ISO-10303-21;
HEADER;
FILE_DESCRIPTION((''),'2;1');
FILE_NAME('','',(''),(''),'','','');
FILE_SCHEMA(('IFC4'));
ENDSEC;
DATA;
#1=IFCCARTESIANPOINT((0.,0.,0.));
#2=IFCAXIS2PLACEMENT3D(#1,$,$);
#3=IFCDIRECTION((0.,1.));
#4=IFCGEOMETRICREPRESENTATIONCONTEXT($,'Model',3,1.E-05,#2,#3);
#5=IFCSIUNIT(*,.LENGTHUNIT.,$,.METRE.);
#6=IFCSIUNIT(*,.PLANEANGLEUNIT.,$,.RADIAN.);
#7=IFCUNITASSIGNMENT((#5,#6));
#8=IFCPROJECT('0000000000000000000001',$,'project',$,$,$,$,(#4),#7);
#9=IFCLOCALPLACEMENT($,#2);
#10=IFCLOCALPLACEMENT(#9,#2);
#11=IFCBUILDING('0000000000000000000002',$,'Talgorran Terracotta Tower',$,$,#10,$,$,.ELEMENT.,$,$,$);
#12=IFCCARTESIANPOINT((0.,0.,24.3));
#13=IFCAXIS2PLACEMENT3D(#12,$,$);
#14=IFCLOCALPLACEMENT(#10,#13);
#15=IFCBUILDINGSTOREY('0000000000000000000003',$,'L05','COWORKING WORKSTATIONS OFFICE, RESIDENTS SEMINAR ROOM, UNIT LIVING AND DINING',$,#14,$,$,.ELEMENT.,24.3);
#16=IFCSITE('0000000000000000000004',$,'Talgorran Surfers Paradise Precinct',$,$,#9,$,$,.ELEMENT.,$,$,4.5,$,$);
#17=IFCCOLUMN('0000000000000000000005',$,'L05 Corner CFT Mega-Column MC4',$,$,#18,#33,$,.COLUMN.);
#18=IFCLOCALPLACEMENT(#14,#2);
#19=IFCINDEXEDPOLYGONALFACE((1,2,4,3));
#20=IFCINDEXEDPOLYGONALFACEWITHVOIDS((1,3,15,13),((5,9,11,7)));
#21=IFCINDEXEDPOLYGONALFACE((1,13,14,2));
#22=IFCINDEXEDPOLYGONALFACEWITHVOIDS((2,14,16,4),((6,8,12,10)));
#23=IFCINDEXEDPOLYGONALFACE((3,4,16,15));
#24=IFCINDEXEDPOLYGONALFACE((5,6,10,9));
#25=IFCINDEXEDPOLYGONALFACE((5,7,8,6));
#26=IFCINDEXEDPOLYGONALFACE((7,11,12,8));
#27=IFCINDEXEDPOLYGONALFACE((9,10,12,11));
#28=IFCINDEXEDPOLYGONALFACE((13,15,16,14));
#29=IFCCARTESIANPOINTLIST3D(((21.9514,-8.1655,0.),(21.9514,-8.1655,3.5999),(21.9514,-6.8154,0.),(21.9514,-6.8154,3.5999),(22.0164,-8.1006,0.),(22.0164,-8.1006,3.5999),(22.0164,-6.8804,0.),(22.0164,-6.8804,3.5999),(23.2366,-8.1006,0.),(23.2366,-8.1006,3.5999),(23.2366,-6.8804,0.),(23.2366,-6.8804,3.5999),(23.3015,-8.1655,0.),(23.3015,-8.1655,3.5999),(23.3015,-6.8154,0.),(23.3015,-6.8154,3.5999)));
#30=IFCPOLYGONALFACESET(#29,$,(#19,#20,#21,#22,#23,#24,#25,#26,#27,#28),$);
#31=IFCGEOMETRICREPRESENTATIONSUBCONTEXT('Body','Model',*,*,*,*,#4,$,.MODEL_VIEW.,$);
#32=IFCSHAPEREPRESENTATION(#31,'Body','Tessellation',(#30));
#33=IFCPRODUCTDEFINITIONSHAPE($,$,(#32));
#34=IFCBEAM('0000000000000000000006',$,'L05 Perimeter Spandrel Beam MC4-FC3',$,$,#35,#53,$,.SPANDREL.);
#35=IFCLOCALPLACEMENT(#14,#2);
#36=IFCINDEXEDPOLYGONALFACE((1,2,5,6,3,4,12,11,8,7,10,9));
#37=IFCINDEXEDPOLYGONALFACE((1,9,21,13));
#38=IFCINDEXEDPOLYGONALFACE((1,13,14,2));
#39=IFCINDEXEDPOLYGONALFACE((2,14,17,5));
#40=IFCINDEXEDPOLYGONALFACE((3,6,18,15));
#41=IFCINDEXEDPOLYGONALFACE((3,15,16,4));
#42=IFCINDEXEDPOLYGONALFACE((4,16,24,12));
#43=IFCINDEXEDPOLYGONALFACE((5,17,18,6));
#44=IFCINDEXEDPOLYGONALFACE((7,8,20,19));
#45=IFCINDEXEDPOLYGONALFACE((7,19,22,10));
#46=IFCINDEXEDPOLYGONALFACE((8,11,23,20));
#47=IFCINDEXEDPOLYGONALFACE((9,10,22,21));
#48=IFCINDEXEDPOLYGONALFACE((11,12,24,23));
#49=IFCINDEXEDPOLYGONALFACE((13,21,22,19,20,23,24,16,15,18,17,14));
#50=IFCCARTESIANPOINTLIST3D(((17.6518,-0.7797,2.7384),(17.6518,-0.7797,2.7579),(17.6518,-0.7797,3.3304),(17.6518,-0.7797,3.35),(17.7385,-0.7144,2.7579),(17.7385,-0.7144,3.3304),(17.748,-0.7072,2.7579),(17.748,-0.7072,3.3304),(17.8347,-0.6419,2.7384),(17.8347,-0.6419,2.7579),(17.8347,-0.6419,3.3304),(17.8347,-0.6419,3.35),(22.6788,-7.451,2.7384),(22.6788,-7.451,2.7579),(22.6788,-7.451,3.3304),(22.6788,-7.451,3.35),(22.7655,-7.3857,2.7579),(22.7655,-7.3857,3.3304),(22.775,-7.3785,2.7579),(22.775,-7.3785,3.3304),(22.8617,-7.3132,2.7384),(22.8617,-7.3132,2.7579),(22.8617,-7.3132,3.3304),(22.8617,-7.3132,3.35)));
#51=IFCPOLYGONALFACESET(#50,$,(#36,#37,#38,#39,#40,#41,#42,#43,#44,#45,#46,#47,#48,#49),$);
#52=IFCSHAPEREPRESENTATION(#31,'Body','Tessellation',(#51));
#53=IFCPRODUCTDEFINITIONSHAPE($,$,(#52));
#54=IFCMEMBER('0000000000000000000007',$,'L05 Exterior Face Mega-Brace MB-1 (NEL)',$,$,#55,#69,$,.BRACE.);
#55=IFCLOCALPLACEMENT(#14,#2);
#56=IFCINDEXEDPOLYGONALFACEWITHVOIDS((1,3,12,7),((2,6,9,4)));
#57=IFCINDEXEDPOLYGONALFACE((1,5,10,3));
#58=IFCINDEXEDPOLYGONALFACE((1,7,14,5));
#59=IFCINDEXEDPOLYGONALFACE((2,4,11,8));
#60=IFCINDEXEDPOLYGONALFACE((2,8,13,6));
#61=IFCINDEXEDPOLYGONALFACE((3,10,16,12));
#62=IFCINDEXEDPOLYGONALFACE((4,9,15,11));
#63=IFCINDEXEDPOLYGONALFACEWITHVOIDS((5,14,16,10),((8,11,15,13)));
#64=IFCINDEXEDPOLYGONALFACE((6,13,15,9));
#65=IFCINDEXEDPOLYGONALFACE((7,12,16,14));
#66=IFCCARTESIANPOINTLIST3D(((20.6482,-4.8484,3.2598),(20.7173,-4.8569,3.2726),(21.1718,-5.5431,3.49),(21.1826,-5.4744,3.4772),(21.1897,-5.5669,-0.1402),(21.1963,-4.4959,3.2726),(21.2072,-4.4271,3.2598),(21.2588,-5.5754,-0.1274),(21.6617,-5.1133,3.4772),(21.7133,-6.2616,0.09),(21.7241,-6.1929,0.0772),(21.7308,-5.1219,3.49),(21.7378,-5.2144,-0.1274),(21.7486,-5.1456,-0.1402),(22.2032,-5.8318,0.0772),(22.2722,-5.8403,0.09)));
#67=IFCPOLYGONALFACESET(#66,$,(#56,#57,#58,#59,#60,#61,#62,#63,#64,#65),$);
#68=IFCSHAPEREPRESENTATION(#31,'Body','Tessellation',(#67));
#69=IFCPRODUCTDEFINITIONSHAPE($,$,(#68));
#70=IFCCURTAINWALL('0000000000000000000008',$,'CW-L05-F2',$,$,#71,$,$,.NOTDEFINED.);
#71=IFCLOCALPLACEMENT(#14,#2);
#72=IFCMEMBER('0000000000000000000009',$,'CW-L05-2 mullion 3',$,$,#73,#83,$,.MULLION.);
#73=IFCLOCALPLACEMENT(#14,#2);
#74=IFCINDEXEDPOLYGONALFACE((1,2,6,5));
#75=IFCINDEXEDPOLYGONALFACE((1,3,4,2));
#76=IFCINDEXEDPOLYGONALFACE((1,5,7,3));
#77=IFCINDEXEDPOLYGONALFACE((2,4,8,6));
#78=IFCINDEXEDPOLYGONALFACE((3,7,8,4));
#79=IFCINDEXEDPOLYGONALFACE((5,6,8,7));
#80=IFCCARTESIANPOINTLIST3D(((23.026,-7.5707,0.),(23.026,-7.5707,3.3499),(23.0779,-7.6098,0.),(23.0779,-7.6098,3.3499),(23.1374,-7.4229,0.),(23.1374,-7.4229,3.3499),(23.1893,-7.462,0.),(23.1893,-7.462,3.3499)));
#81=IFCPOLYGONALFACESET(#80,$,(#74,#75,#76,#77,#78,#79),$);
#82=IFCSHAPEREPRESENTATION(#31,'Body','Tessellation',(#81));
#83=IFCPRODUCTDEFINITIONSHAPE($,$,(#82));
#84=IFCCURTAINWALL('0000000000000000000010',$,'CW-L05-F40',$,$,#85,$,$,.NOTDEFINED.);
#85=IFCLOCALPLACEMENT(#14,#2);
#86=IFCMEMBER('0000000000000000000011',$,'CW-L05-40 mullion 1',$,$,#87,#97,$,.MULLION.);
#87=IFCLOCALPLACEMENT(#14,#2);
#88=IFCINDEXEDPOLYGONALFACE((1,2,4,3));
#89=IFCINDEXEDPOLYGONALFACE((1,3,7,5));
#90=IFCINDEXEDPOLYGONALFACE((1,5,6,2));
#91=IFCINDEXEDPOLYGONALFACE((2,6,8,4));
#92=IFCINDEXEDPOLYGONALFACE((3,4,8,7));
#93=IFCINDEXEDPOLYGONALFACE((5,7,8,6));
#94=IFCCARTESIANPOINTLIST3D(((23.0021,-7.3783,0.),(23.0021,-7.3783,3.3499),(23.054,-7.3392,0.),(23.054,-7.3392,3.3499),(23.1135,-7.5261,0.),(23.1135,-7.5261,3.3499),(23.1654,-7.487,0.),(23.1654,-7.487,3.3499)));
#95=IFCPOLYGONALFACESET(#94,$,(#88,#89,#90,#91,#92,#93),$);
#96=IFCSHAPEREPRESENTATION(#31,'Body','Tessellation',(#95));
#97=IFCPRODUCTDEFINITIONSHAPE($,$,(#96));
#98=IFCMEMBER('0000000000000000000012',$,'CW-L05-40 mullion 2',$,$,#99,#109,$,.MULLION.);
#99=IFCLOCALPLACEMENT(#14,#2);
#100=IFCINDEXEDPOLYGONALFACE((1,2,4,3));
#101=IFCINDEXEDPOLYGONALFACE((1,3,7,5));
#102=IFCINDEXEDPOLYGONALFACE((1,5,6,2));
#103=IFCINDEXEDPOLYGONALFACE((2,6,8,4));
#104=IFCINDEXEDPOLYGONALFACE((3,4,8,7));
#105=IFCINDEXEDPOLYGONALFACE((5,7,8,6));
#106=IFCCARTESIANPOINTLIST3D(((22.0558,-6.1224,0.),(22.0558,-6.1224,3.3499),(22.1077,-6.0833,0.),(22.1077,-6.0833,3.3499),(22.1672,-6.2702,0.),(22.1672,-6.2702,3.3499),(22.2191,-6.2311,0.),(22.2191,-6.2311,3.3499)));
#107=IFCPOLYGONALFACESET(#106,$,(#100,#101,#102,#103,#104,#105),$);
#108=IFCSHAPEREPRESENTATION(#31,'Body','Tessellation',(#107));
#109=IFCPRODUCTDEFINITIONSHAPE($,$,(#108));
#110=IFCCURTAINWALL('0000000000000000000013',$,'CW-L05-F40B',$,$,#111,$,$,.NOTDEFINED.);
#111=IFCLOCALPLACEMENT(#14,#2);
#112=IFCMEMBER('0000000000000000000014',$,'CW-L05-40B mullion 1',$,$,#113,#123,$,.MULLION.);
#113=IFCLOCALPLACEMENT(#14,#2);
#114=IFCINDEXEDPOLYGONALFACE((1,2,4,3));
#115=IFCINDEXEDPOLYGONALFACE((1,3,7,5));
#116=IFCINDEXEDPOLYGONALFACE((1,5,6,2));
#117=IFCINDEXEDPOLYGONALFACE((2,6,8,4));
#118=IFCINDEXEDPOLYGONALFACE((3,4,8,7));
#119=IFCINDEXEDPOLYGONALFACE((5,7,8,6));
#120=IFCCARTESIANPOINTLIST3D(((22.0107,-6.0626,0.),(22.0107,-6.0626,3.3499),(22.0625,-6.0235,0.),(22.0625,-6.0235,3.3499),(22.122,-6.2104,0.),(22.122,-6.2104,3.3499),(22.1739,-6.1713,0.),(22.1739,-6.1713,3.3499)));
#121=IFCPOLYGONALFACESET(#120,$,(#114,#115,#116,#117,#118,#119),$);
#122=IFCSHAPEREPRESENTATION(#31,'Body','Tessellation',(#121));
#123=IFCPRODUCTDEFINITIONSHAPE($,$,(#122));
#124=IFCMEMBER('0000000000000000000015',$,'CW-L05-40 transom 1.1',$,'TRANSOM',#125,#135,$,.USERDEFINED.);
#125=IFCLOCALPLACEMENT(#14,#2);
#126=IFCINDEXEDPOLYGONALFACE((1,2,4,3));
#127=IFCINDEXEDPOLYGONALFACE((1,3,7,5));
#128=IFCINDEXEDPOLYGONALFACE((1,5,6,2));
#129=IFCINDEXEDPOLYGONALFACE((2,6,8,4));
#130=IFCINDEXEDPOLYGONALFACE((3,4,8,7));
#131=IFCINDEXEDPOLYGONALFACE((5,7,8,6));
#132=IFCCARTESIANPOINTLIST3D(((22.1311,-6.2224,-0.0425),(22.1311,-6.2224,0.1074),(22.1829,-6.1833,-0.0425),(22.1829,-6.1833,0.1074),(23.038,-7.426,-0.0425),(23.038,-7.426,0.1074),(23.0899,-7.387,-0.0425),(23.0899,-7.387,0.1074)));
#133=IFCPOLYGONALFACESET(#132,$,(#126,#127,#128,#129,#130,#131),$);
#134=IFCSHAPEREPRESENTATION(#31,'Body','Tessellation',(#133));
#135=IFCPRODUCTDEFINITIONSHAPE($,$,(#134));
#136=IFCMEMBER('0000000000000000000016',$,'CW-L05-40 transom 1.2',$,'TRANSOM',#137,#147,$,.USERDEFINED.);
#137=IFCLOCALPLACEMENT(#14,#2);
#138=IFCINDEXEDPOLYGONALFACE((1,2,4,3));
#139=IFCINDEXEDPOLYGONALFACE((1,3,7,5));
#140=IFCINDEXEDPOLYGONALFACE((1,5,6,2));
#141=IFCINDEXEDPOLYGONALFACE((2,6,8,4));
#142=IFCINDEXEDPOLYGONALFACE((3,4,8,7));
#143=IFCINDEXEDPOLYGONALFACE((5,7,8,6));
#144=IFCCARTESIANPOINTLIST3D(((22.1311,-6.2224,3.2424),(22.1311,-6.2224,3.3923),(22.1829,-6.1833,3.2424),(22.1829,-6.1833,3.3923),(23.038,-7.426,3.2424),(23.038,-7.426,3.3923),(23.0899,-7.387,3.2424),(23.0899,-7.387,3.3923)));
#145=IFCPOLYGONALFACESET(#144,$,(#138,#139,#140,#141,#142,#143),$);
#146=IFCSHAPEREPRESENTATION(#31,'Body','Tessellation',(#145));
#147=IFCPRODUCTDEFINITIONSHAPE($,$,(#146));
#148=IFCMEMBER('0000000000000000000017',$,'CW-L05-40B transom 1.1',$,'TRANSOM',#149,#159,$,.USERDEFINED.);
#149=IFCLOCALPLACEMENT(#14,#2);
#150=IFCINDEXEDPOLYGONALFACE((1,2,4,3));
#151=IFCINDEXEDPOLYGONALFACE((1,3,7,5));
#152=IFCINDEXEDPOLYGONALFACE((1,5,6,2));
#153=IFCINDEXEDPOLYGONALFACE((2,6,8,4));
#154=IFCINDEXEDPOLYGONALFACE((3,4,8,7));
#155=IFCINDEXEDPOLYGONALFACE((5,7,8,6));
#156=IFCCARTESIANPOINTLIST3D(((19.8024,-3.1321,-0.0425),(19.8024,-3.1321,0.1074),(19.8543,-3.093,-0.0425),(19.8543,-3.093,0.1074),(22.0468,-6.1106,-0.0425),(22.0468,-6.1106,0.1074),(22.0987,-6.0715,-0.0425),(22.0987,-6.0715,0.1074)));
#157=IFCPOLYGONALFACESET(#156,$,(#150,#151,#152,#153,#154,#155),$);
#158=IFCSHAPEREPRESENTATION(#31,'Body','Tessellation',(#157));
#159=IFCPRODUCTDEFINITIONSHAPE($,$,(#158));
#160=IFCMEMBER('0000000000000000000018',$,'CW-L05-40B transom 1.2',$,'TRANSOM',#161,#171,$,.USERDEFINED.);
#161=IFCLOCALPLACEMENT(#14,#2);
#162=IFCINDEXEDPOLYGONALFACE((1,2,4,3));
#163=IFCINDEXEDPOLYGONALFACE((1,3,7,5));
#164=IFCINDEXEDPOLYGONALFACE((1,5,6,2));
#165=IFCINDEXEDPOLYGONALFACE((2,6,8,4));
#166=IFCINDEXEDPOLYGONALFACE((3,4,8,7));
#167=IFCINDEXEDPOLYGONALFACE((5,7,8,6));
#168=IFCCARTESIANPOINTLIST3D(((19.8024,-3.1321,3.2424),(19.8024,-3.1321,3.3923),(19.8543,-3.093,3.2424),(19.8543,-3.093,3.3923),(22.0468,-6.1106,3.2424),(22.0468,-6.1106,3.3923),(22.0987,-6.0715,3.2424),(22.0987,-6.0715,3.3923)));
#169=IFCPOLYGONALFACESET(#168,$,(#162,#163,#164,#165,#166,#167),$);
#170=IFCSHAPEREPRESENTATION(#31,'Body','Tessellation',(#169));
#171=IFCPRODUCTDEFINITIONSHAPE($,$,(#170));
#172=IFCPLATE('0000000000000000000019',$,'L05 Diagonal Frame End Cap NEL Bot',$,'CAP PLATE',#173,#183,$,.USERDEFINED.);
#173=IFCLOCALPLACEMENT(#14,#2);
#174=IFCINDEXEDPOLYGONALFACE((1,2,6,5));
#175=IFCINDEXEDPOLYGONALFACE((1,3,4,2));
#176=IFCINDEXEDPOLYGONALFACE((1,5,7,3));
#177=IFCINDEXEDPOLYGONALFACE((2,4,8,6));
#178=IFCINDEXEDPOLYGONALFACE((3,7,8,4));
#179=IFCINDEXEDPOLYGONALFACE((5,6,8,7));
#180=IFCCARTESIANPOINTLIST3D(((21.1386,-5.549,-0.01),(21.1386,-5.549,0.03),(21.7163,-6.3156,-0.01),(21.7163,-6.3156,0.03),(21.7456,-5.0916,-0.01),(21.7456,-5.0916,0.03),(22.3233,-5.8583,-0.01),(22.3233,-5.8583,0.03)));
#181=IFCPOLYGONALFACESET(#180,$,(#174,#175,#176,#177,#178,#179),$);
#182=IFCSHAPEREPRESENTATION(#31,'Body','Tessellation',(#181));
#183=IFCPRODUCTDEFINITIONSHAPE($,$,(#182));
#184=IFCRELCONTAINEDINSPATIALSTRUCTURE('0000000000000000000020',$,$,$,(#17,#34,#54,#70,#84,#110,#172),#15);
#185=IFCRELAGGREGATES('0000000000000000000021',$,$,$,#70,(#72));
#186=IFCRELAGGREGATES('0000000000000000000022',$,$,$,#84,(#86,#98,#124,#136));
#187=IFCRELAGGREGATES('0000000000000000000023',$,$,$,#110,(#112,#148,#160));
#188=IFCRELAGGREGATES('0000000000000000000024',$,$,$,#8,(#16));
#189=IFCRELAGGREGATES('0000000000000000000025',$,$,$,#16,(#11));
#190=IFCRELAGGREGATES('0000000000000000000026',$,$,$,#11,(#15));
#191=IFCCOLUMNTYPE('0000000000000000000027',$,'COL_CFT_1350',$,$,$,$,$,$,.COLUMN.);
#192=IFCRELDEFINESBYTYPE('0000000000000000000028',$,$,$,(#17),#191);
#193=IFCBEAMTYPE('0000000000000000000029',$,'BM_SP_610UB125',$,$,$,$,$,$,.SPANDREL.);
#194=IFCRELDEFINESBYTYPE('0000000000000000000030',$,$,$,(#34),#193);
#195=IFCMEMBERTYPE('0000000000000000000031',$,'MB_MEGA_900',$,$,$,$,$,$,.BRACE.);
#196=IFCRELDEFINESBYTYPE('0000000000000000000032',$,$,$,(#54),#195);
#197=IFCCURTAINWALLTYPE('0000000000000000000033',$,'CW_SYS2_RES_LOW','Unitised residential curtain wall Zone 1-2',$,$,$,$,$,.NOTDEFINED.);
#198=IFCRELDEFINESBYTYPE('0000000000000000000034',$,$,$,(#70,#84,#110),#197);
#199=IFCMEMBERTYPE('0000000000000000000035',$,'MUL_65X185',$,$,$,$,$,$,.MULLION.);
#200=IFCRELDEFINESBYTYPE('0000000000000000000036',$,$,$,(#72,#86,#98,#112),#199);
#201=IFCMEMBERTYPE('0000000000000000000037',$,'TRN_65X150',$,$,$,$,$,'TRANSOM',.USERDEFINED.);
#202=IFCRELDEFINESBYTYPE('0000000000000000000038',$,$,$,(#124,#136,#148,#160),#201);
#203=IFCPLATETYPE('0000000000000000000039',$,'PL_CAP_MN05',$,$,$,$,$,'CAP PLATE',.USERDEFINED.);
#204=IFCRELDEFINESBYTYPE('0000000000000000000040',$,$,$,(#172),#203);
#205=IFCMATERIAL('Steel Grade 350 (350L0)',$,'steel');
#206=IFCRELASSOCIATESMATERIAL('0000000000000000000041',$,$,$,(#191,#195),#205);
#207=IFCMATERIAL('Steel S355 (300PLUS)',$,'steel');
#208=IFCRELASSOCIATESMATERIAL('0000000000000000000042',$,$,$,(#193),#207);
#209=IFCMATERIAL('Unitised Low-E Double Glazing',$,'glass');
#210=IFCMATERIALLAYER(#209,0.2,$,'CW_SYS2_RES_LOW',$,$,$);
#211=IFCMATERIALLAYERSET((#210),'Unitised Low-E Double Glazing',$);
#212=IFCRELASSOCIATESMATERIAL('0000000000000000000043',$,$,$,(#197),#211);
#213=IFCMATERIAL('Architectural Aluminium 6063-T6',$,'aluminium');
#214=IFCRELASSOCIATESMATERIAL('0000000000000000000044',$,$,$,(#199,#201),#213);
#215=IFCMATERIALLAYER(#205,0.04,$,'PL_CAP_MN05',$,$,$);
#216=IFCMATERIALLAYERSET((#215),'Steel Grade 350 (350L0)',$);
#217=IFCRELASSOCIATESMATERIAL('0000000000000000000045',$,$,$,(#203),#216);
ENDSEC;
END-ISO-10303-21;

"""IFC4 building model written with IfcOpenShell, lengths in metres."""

from ifc_helpers import new_model, si_unit, direction, frame, origin, origin_2d, place, context, subcontext, project, spatial, rectangle, hollow_rectangle, i_section, extrude, material, layer, layer_set, material_profile, profile_set, type_object, element, aggregate, save


model = new_model("IFC4")

# Units and contexts
model_context = context("Model", 3, precision=1e-05, world=origin(), true_north=direction((0.0, 1.0)))
body_context = subcontext(model_context, "Body", "Model", "MODEL_VIEW")
ifc_project = project(units=[si_unit("LENGTHUNIT", "METRE"), si_unit("PLANEANGLEUNIT", "RADIAN")], contexts=[model_context])

# Site, building, storey
site_placement = place(None, origin())
site = spatial("IfcSite", under=ifc_project, at=site_placement, Name="Talgorran Surfers Paradise Precinct", CompositionType="ELEMENT", RefElevation=4.5)
building_placement = place(site_placement, origin())
building = spatial("IfcBuilding", under=site, at=building_placement, Name="Talgorran Terracotta Tower", CompositionType="ELEMENT")
storey_placement = place(building_placement, frame((0.0, 0.0, 24.3)))
storey = spatial("IfcBuildingStorey", under=building, at=storey_placement, Name="L05", Description="COWORKING WORKSTATIONS OFFICE, RESIDENTS SEMINAR ROOM, UNIT LIVING AND DINING", CompositionType="ELEMENT", Elevation=24.3)

# Column
ifc_material_1 = material(Name="Steel Grade 350 (350L0)", Category="steel")
ifc_material_profile_1 = material_profile(ifc_material_1, hollow_rectangle(XDim=1.3501, YDim=1.3501, WallThickness=0.0649, at=origin_2d()), Name="CFT1350X1350X65")
ifc_profile_set_1 = profile_set([ifc_material_profile_1], Name="Steel Grade 350 (350L0)")
column_type = type_object("IfcColumnType", Name="COL_CFT_1350", PredefinedType="COLUMN", material=ifc_profile_set_1)
column_placement = place(storey_placement, frame((22.6265, -7.4905, 0.0), z_axis=(0.0, 0.0, 1.0), x_axis=(1.0, 0.0, 0.0)))
element("IfcColumn", 1, at=column_placement, inside=storey, type_object=column_type, Name="L05 Corner CFT Mega-Column MC4", PredefinedType="COLUMN", context=body_context, shape_type="SweptSolid", body=[
    extrude(hollow_rectangle(XDim=1.3501, YDim=1.3501, WallThickness=0.0649, at=origin_2d()), origin(), (0.0, 0.0, 1.0), 3.5999),
])

# Beam
ifc_material_2 = material(Name="Steel S355 (300PLUS)", Category="steel")
ifc_material_profile_2 = material_profile(ifc_material_2, i_section(OverallWidth=0.229, OverallDepth=0.6116, WebThickness=0.012, FlangeThickness=0.0195, at=origin_2d()), Name="610UB125")
ifc_profile_set_2 = profile_set([ifc_material_profile_2], Name="Steel S355 (300PLUS)")
beam_type = type_object("IfcBeamType", Name="BM_SP_610UB125", PredefinedType="SPANDREL", material=ifc_profile_set_2)
beam_placement = place(storey_placement, frame((22.7703, -7.3821, 3.0442), z_axis=(-0.601804, 0.798644, 0.0), x_axis=(-0.798644, -0.601804, 0.0)))
element("IfcBeam", 2, at=beam_placement, inside=storey, type_object=beam_type, Name="L05 Perimeter Spandrel Beam MC4-FC3", PredefinedType="SPANDREL", context=body_context, shape_type="SweptSolid", body=[
    extrude(i_section(OverallWidth=0.229, OverallDepth=0.6116, WebThickness=0.012, FlangeThickness=0.0195, at=origin_2d()), origin(), (0.0, 0.0, 1.0), 8.3533),
])

# Member
ifc_material_profile_3 = material_profile(ifc_material_1, hollow_rectangle(XDim=0.7, YDim=0.8999, WallThickness=0.05, at=origin_2d()), Name="WBOX900X700X50")
ifc_profile_set_3 = profile_set([ifc_material_profile_3], Name="Steel Grade 350 (350L0)")
member_type_1 = type_object("IfcMemberType", Name="MB_MEGA_900", PredefinedType="BRACE", material=ifc_profile_set_3)
member_1_placement = place(storey_placement, frame((21.731, -5.7036, -0.0251), z_axis=(-0.15396, 0.204285, 0.966728), x_axis=(-0.798598, -0.601865, 0.0)))
element("IfcMember", 3, at=member_1_placement, inside=storey, type_object=member_type_1, Name="L05 Exterior Face Mega-Brace MB-1 (NEL)", PredefinedType="BRACE", context=body_context, shape_type="SweptSolid", body=[
    extrude(hollow_rectangle(XDim=0.7, YDim=0.8999, WallThickness=0.05, at=origin_2d()), origin(), (0.0, 0.0, 1.0), 3.5171),
])

# Curtain wall, member
ifc_material_3 = material(Name="Unitised Low-E Double Glazing", Category="glass")
ifc_layer_1 = layer(ifc_material_3, 0.2, Name="CW_SYS2_RES_LOW")
ifc_layer_set_1 = layer_set([ifc_layer_1], Name="Unitised Low-E Double Glazing")
curtain_wall_type = type_object("IfcCurtainWallType", Name="CW_SYS2_RES_LOW", Description="Unitised residential curtain wall Zone 1-2", PredefinedType="NOTDEFINED", material=ifc_layer_set_1)
curtain_wall_1_placement = place(storey_placement, origin())
curtain_wall_1 = element("IfcCurtainWall", 4, at=curtain_wall_1_placement, inside=storey, type_object=curtain_wall_type, Name="CW-L05-F2", PredefinedType="NOTDEFINED")
ifc_material_4 = material(Name="Architectural Aluminium 6063-T6", Category="aluminium")
ifc_material_profile_4 = material_profile(ifc_material_4, rectangle(XDim=0.0649, YDim=0.1851, at=origin_2d()), Name="CWM65X185")
ifc_profile_set_4 = profile_set([ifc_material_profile_4], Name="Architectural Aluminium 6063-T6")
member_type_2 = type_object("IfcMemberType", Name="MUL_65X185", PredefinedType="MULLION", material=ifc_profile_set_4)
member_2_placement = place(storey_placement, frame((23.1077, -7.5164, 0.0), z_axis=(0.0, 0.0, 1.0), x_axis=(-0.798638, 0.601812, 0.0)))
member_2 = element("IfcMember", 5, at=member_2_placement, type_object=member_type_2, Name="CW-L05-2 mullion 3", PredefinedType="MULLION", context=body_context, shape_type="SweptSolid", body=[
    extrude(rectangle(XDim=0.0649, YDim=0.1851, at=origin_2d()), origin(), (0.0, 0.0, 1.0), 3.3499),
])

# Curtain wall, members
curtain_wall_2_placement = place(storey_placement, origin())
curtain_wall_2 = element("IfcCurtainWall", 6, at=curtain_wall_2_placement, inside=storey, type_object=curtain_wall_type, Name="CW-L05-F40", PredefinedType="NOTDEFINED")
member_3_placement = place(storey_placement, frame((23.0837, -7.4326, 0.0), z_axis=(0.0, 0.0, 1.0), x_axis=(-0.798649, -0.601797, 0.0)))
member_3 = element("IfcMember", 7, at=member_3_placement, type_object=member_type_2, Name="CW-L05-40 mullion 1", PredefinedType="MULLION", context=body_context, shape_type="SweptSolid", body=[
    extrude(rectangle(XDim=0.0649, YDim=0.1851, at=origin_2d()), origin(), (0.0, 0.0, 1.0), 3.3499),
])
member_4_placement = place(storey_placement, frame((22.1375, -6.1768, 0.0), z_axis=(0.0, 0.0, 1.0), x_axis=(-0.798649, -0.601797, 0.0)))
member_4 = element("IfcMember", 8, at=member_4_placement, type_object=member_type_2, Name="CW-L05-40 mullion 2", PredefinedType="MULLION", context=body_context, shape_type="SweptSolid", body=[
    extrude(rectangle(XDim=0.0649, YDim=0.1851, at=origin_2d()), origin(), (0.0, 0.0, 1.0), 3.3499),
])

# Curtain wall, member
curtain_wall_3_placement = place(storey_placement, origin())
curtain_wall_3 = element("IfcCurtainWall", 9, at=curtain_wall_3_placement, inside=storey, type_object=curtain_wall_type, Name="CW-L05-F40B", PredefinedType="NOTDEFINED")
member_5_placement = place(storey_placement, frame((22.0923, -6.1169, 0.0), z_axis=(0.0, 0.0, 1.0), x_axis=(-0.798636, -0.601814, 0.0)))
member_5 = element("IfcMember", 10, at=member_5_placement, type_object=member_type_2, Name="CW-L05-40B mullion 1", PredefinedType="MULLION", context=body_context, shape_type="SweptSolid", body=[
    extrude(rectangle(XDim=0.0649, YDim=0.1851, at=origin_2d()), origin(), (0.0, 0.0, 1.0), 3.3499),
])

# Members
ifc_material_profile_5 = material_profile(ifc_material_4, rectangle(XDim=0.0649, YDim=0.1499, at=origin_2d()), Name="CWT65X150")
ifc_profile_set_5 = profile_set([ifc_material_profile_5], Name="Architectural Aluminium 6063-T6")
member_type_3 = type_object("IfcMemberType", Name="TRN_65X150", ElementType="TRANSOM", PredefinedType="USERDEFINED", material=ifc_profile_set_5)
member_6_placement = place(storey_placement, frame((23.064, -7.4065, 0.0325), z_axis=(-0.601813, 0.798637, 0.0), x_axis=(-0.798637, -0.601813, 0.0)))
member_6 = element("IfcMember", 11, at=member_6_placement, type_object=member_type_3, Name="CW-L05-40 transom 1.1", ObjectType="TRANSOM", PredefinedType="USERDEFINED", context=body_context, shape_type="SweptSolid", body=[
    extrude(rectangle(XDim=0.0649, YDim=0.1499, at=origin_2d()), origin(), (0.0, 0.0, 1.0), 1.5071),
])
member_7_placement = place(storey_placement, frame((23.064, -7.4065, 3.3174), z_axis=(-0.601813, 0.798637, 0.0), x_axis=(-0.798637, -0.601813, 0.0)))
member_7 = element("IfcMember", 12, at=member_7_placement, type_object=member_type_3, Name="CW-L05-40 transom 1.2", ObjectType="TRANSOM", PredefinedType="USERDEFINED", context=body_context, shape_type="SweptSolid", body=[
    extrude(rectangle(XDim=0.0649, YDim=0.1499, at=origin_2d()), origin(), (0.0, 0.0, 1.0), 1.5071),
])
member_8_placement = place(storey_placement, frame((22.0728, -6.0911, 0.0325), z_axis=(-0.6018, 0.798647, 0.0), x_axis=(-0.798647, -0.6018, 0.0)))
member_8 = element("IfcMember", 13, at=member_8_placement, type_object=member_type_3, Name="CW-L05-40B transom 1.1", ObjectType="TRANSOM", PredefinedType="USERDEFINED", context=body_context, shape_type="SweptSolid", body=[
    extrude(rectangle(XDim=0.0649, YDim=0.1499, at=origin_2d()), origin(), (0.0, 0.0, 1.0), 3.7295),
])
member_9_placement = place(storey_placement, frame((22.0728, -6.0911, 3.3174), z_axis=(-0.6018, 0.798647, 0.0), x_axis=(-0.798647, -0.6018, 0.0)))
member_9 = element("IfcMember", 14, at=member_9_placement, type_object=member_type_3, Name="CW-L05-40B transom 1.2", ObjectType="TRANSOM", PredefinedType="USERDEFINED", context=body_context, shape_type="SweptSolid", body=[
    extrude(rectangle(XDim=0.0649, YDim=0.1499, at=origin_2d()), origin(), (0.0, 0.0, 1.0), 3.7295),
])

# Plate
ifc_layer_2 = layer(ifc_material_1, 0.04, Name="PL_CAP_MN05")
ifc_layer_set_2 = layer_set([ifc_layer_2], Name="Steel Grade 350 (350L0)")
plate_type_1 = type_object("IfcPlateType", Name="PL_CAP_MN05", ElementType="CAP PLATE", PredefinedType="USERDEFINED", material=ifc_layer_set_2)
for number, where, z_axis, x_axis, name in (
    (15, (21.731, -5.7036, -0.01), (0.0, 0.0, 1.0), (-0.601815, 0.798636, 0.0), "L05 Diagonal Frame End Cap NEL Bot"),
):
    element("IfcPlate", number, at=place(storey_placement, frame(where, z_axis=z_axis, x_axis=x_axis)), inside=storey, type_object=plate_type_1, Name=name, ObjectType="CAP PLATE", PredefinedType="USERDEFINED", context=body_context, shape_type="SweptSolid", body=[
        extrude(rectangle(XDim=0.96, YDim=0.76, at=origin_2d()), origin(), (0.0, 0.0, 1.0), 0.04),
    ])

aggregate(curtain_wall_1, [member_2])
aggregate(curtain_wall_2, [member_3, member_4, member_6, member_7])
aggregate(curtain_wall_3, [member_5, member_8, member_9])

save(model, "model.ifc")
